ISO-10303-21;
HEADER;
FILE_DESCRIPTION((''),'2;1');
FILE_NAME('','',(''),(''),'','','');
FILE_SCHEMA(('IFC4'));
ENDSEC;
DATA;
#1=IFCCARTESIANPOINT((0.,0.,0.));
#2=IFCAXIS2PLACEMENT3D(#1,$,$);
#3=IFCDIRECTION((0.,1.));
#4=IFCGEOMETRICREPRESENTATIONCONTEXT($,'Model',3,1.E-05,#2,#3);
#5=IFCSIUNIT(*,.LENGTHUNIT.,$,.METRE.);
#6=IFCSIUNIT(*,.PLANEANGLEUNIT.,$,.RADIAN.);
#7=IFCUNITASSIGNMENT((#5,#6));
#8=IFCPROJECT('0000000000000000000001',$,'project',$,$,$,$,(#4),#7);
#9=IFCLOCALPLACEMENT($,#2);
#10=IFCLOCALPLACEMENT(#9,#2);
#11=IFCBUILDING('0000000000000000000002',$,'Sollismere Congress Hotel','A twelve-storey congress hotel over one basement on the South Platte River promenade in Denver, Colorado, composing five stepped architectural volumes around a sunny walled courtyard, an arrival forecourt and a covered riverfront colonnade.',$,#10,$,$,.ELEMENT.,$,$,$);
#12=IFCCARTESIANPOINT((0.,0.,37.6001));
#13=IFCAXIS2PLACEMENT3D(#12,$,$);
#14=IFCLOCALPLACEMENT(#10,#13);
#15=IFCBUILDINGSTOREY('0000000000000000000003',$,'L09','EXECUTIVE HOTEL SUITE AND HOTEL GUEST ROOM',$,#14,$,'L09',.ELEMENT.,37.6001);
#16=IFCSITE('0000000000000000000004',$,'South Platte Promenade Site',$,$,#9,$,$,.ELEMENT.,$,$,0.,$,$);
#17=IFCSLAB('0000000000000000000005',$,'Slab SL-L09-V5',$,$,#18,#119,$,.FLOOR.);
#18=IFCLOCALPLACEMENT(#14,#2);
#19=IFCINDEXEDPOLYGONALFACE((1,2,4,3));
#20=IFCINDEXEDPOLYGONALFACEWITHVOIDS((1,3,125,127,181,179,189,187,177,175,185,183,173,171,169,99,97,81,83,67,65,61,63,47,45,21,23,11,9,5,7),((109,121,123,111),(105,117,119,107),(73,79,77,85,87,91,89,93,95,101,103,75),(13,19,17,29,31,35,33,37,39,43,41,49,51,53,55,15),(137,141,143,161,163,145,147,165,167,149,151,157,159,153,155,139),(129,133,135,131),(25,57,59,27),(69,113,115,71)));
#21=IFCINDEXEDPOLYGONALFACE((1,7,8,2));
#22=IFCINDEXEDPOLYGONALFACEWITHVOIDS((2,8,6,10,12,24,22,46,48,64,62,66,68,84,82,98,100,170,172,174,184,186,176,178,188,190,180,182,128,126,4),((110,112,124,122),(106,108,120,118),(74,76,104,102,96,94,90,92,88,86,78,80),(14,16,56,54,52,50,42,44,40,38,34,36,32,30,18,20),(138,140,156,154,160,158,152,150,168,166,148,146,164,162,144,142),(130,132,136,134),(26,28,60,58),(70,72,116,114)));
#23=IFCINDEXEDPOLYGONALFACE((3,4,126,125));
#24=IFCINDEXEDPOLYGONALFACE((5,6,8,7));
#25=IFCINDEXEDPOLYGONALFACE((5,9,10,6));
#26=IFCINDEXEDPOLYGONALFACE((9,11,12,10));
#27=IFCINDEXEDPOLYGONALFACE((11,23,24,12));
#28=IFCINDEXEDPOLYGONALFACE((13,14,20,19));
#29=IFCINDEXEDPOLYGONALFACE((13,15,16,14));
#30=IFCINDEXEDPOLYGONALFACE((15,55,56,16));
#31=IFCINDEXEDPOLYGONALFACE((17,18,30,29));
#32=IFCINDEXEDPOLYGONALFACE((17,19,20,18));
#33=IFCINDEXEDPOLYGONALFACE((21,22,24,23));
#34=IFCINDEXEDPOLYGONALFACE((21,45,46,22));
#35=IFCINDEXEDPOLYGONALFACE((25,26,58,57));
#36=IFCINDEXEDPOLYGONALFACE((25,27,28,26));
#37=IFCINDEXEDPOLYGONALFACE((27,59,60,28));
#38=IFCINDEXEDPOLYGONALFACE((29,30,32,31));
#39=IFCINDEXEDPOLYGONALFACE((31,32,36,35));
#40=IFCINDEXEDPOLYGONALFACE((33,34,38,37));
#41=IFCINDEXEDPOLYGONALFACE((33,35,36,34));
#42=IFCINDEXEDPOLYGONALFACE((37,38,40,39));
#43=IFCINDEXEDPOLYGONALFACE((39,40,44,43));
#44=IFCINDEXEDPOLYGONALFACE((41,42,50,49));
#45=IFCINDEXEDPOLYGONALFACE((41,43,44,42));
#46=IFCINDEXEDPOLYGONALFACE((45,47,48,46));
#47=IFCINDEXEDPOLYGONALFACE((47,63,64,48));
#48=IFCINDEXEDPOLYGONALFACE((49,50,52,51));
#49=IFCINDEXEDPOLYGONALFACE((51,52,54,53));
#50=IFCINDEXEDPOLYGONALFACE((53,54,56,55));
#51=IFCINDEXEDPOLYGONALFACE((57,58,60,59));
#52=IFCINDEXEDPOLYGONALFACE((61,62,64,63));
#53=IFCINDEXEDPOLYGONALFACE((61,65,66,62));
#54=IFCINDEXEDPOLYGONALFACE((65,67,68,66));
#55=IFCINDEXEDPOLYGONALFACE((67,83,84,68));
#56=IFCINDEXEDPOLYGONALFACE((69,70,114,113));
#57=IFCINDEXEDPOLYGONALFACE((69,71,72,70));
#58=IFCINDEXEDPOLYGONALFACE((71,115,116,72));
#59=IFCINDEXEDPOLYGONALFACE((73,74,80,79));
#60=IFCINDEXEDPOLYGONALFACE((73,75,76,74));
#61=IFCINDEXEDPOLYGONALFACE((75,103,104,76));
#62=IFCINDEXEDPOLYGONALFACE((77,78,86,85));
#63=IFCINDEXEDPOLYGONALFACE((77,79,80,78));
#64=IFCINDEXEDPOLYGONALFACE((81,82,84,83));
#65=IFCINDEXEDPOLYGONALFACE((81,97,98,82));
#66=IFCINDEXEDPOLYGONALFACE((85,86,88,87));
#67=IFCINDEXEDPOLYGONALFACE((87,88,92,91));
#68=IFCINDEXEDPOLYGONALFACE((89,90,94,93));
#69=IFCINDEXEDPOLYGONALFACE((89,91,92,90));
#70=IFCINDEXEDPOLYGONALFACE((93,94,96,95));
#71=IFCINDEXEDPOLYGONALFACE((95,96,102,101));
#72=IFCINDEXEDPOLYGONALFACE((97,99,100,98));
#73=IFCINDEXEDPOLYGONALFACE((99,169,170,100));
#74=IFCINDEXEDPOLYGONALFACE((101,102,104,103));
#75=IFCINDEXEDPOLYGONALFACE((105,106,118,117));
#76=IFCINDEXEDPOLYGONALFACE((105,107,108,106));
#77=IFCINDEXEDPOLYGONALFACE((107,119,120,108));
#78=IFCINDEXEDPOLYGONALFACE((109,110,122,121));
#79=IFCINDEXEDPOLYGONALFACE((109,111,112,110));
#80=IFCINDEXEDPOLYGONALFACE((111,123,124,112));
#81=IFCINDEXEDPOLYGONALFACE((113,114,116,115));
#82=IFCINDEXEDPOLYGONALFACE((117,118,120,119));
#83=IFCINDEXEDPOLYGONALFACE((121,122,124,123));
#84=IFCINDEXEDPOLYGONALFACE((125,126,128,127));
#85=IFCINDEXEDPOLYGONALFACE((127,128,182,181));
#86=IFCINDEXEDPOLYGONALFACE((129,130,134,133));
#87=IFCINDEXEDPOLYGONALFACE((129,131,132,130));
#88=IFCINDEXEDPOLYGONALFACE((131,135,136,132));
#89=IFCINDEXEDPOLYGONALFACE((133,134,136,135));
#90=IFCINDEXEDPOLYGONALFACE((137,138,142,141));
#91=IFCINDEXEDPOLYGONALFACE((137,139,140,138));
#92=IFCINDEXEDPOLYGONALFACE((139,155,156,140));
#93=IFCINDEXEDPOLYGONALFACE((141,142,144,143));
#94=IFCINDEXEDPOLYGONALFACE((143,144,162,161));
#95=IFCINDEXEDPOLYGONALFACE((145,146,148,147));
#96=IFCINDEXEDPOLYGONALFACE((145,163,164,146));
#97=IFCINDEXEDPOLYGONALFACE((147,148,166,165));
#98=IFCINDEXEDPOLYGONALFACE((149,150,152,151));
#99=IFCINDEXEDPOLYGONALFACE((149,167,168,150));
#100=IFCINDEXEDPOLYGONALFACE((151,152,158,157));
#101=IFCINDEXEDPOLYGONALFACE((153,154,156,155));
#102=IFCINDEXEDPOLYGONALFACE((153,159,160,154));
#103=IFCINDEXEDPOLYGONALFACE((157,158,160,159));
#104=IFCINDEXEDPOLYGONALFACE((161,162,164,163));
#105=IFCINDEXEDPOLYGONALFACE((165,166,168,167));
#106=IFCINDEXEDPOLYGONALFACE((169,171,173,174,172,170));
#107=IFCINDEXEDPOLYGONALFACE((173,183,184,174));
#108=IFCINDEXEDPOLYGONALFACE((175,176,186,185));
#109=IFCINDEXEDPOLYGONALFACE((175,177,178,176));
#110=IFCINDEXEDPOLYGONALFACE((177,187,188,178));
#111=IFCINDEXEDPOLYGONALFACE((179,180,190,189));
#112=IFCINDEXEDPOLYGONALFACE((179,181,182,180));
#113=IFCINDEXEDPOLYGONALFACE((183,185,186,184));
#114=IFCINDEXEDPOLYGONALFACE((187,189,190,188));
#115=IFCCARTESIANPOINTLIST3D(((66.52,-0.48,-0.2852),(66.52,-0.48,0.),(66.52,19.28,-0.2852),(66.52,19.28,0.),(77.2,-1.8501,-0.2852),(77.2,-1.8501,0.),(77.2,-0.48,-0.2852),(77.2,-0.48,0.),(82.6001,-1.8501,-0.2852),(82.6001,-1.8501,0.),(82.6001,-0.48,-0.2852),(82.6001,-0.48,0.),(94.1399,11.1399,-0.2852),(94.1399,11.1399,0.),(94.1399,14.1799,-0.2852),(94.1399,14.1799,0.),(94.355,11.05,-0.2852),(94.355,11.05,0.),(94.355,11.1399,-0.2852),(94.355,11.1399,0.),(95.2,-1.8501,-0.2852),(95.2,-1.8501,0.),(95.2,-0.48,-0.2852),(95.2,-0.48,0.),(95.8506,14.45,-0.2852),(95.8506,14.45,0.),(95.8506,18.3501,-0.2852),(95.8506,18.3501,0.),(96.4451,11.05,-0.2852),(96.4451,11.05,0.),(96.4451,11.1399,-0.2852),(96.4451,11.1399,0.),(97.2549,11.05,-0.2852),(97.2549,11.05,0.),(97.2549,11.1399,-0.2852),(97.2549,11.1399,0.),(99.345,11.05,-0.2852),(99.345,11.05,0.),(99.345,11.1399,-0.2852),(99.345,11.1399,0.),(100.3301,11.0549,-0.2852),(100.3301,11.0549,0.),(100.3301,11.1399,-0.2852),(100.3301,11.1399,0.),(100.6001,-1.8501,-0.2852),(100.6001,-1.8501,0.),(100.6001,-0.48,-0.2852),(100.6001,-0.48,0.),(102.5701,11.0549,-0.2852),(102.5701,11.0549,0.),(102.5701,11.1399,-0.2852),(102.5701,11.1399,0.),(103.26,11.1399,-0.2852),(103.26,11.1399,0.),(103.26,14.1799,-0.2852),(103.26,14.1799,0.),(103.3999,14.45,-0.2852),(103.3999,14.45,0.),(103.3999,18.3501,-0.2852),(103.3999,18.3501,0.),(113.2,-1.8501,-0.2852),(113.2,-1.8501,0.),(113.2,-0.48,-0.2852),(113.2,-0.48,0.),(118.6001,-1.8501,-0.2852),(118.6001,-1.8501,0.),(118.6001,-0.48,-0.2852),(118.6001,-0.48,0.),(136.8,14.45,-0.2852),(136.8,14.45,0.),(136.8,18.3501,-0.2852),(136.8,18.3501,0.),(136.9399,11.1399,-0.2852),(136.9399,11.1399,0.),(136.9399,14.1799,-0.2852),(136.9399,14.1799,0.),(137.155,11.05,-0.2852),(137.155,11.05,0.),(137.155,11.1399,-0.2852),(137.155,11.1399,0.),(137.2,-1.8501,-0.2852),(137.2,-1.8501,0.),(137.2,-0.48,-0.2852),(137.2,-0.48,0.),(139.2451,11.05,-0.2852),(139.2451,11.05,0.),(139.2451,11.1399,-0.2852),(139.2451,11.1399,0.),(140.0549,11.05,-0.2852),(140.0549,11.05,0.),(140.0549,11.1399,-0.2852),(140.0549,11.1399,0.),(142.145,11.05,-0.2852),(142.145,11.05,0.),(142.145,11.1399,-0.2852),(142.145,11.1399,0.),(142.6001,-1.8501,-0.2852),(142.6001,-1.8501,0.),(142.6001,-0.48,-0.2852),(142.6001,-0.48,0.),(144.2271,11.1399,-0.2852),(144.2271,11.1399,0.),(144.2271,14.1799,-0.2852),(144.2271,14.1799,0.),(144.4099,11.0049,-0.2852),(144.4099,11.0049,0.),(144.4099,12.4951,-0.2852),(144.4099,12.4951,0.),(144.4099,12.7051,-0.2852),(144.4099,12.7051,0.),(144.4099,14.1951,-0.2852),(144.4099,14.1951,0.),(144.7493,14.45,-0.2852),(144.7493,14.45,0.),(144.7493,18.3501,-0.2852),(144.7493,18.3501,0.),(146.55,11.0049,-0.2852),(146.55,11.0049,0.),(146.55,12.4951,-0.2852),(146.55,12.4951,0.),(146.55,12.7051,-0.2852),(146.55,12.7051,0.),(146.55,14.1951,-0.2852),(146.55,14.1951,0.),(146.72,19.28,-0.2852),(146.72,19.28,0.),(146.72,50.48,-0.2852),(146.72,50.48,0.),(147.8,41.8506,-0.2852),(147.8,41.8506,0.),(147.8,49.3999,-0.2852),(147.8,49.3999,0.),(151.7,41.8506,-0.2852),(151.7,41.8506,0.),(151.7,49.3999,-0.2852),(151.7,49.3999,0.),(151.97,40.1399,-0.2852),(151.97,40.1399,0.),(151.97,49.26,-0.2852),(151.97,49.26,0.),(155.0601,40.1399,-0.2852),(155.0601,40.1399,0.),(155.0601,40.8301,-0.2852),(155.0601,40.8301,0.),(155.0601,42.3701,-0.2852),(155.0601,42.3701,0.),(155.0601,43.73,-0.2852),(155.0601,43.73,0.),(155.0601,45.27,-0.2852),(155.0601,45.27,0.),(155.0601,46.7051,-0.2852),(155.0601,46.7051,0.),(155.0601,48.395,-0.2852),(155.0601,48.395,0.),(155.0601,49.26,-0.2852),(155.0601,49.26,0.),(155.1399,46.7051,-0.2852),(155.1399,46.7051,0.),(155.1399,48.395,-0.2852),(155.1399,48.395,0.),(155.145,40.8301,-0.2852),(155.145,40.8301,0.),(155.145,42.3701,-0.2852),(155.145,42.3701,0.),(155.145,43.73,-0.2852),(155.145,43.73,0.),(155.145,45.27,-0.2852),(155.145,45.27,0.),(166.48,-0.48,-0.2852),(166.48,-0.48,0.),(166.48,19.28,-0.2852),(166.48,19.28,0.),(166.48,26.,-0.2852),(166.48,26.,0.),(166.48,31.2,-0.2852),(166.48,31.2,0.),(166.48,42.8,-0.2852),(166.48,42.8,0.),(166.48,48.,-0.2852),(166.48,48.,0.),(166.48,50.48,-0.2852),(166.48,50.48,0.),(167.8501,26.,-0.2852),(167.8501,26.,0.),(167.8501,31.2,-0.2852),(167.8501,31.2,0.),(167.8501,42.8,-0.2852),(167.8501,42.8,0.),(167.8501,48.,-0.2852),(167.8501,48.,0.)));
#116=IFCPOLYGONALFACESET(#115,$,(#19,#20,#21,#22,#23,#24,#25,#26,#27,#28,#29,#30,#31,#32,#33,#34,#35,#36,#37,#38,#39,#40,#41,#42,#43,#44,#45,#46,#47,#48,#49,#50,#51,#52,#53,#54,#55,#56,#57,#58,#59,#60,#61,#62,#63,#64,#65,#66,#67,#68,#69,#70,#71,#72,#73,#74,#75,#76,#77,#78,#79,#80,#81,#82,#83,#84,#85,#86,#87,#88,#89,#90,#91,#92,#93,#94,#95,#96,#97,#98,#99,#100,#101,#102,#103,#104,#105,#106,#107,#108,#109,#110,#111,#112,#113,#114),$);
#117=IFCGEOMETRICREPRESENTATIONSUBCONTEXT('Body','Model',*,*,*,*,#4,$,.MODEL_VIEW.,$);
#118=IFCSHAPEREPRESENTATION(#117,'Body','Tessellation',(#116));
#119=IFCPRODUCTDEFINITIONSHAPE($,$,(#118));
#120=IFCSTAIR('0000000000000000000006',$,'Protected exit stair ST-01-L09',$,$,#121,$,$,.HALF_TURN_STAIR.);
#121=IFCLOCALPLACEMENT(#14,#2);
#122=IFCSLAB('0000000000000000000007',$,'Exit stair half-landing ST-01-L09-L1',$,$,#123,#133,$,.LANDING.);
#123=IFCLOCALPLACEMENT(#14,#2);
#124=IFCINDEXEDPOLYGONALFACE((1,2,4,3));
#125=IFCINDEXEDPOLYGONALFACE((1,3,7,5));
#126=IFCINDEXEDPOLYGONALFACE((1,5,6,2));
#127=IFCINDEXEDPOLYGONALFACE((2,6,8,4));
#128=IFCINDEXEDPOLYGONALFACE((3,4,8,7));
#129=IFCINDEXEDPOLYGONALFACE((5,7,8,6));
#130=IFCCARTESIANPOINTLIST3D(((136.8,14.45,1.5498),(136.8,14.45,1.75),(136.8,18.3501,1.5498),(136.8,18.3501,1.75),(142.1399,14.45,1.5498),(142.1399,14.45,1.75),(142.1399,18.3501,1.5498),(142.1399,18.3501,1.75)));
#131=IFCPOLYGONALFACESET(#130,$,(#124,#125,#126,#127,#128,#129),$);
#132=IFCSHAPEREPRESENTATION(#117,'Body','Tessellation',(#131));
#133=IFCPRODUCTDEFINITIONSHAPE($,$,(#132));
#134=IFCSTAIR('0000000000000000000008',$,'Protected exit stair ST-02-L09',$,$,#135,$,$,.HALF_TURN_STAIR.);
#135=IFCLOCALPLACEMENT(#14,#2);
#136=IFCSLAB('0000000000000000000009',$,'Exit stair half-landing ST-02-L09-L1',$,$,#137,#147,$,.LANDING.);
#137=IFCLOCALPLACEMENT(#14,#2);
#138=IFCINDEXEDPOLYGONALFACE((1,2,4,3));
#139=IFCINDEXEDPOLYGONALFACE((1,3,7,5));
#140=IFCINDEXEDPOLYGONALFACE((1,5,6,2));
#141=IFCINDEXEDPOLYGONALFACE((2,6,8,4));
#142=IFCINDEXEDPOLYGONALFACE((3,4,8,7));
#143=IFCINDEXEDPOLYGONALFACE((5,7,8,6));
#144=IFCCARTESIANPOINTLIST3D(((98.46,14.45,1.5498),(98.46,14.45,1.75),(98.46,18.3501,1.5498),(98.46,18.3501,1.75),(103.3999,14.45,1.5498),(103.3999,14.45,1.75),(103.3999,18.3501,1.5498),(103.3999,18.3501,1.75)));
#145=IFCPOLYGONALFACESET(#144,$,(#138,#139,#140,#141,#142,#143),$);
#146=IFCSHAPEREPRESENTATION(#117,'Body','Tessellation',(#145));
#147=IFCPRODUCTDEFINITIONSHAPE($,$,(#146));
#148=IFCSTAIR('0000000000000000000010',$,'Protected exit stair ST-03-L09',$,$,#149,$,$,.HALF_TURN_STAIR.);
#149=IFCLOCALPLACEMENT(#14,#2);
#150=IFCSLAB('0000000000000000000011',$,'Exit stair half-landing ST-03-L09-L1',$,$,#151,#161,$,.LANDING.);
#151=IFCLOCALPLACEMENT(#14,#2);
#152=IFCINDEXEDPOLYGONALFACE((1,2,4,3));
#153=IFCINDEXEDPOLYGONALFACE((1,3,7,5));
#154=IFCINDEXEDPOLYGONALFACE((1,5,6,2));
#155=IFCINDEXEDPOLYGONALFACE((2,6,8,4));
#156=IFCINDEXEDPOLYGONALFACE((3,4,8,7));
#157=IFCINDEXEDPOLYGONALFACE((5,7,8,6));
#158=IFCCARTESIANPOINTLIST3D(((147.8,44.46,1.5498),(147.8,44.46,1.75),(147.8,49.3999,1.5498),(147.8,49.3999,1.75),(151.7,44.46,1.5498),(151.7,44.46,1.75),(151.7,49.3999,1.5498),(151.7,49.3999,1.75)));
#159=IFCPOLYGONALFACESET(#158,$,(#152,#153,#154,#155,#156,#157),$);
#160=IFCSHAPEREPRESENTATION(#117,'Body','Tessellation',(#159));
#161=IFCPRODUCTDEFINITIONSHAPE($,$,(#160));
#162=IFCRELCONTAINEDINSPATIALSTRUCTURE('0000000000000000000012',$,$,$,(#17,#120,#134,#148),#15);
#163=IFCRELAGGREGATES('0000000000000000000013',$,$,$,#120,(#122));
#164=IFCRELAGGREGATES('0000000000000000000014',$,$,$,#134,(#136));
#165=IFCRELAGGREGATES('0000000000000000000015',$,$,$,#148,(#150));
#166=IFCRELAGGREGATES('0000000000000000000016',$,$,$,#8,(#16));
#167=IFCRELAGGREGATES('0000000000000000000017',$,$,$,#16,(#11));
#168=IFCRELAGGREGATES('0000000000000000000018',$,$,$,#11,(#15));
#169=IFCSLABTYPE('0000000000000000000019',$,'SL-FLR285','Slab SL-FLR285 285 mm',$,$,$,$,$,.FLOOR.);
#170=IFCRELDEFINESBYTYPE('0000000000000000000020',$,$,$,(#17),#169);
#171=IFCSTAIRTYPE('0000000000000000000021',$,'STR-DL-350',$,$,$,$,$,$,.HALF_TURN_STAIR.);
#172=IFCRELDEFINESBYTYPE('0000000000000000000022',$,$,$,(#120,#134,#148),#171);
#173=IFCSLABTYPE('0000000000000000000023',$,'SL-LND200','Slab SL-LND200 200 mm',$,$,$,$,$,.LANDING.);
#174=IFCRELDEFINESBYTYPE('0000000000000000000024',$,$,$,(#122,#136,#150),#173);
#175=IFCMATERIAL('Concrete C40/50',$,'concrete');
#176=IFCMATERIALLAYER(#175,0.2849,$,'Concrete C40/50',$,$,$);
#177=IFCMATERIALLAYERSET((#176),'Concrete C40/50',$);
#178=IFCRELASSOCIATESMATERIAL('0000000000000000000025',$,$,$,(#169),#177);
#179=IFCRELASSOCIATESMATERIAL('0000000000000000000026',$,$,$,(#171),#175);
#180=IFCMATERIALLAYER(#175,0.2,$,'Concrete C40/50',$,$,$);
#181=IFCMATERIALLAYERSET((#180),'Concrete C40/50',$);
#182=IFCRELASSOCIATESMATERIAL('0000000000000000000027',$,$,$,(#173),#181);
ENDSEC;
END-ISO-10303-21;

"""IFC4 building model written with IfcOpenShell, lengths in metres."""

from ifc_helpers import new_model, si_unit, direction, frame, origin, place, context, subcontext, project, spatial, polyline, outline, extrude, material, layer, layer_set, type_object, element, aggregate, save


model = new_model("IFC4")

# Units and contexts
model_context = context("Model", 3, precision=1e-05, world=origin(), true_north=direction((0.0, 1.0)))
body_context = subcontext(model_context, "Body", "Model", "MODEL_VIEW")
ifc_project = project(units=[si_unit("LENGTHUNIT", "METRE"), si_unit("PLANEANGLEUNIT", "RADIAN")], contexts=[model_context])

# Site, building, storey
site_placement = place(None, origin())
site = spatial("IfcSite", under=ifc_project, at=site_placement, Name="South Platte Promenade Site", CompositionType="ELEMENT", RefElevation=0.0)
building_placement = place(site_placement, origin())
building = spatial("IfcBuilding", under=site, at=building_placement, Name="Sollismere Congress Hotel", Description="A twelve-storey congress hotel over one basement on the South Platte River promenade in Denver, Colorado, composing five stepped architectural volumes around a sunny walled courtyard, an arrival forecourt and a covered riverfront colonnade.", CompositionType="ELEMENT")
storey_placement = place(building_placement, frame((0.0, 0.0, 37.6001)))
storey = spatial("IfcBuildingStorey", under=building, at=storey_placement, Name="L09", Description="EXECUTIVE HOTEL SUITE AND HOTEL GUEST ROOM", LongName="L09", CompositionType="ELEMENT", Elevation=37.6001)

# Slab
ifc_material_1 = material(Name="Concrete C40/50", Category="concrete")
ifc_layer_1 = layer(ifc_material_1, 0.2849, Name="Concrete C40/50")
ifc_layer_set_1 = layer_set([ifc_layer_1], Name="Concrete C40/50")
slab_type_1 = type_object("IfcSlabType", Name="SL-FLR285", Description="Slab SL-FLR285 285 mm", PredefinedType="FLOOR", material=ifc_layer_set_1)
slab_1_placement = place(storey_placement, frame((0.0, 0.0, -0.2852)))
element("IfcSlab", 1, at=slab_1_placement, inside=storey, type_object=slab_type_1, Name="Slab SL-L09-V5", PredefinedType="FLOOR", context=body_context, shape_type="SweptSolid", body=[
    extrude(outline(polyline([(77.2, -0.48), (77.2, -1.8501), (82.6001, -1.8501), (82.6001, -0.48), (95.2, -0.48), (95.2, -1.8501), (100.6001, -1.8501), (100.6001, -0.48), (113.2, -0.48), (113.2, -1.8501), (118.6001, -1.8501), (118.6001, -0.48), (137.2, -0.48), (137.2, -1.8501), (142.6001, -1.8501), (142.6001, -0.48), (166.48, -0.48), (166.48, 19.28), (166.48, 26.0), (167.8501, 26.0), (167.8501, 31.2), (166.48, 31.2), (166.48, 42.8), (167.8501, 42.8), (167.8501, 48.0), (166.48, 48.0), (166.48, 50.48), (146.72, 50.48), (146.72, 19.28), (66.52, 19.28), (66.52, -0.48), (77.2, -0.48)]), holes=[polyline([(94.355, 11.05), (94.355, 11.1399), (94.1399, 11.1399), (94.1399, 14.1799), (103.26, 14.1799), (103.26, 11.1399), (102.5701, 11.1399), (102.5701, 11.0549), (100.3301, 11.0549), (100.3301, 11.1399), (99.345, 11.1399), (99.345, 11.05), (97.2549, 11.05), (97.2549, 11.1399), (96.4451, 11.1399), (96.4451, 11.05), (94.355, 11.05)]), polyline([(137.155, 11.05), (137.155, 11.1399), (136.9399, 11.1399), (136.9399, 14.1799), (144.2271, 14.1799), (144.2271, 11.1399), (142.145, 11.1399), (142.145, 11.05), (140.0549, 11.05), (140.0549, 11.1399), (139.2451, 11.1399), (139.2451, 11.05), (137.155, 11.05)]), polyline([(95.8506, 14.45), (95.8506, 18.3501), (103.3999, 18.3501), (103.3999, 14.45), (95.8506, 14.45)]), polyline([(144.7493, 18.3501), (144.7493, 14.45), (136.8, 14.45), (136.8, 18.3501), (144.7493, 18.3501)]), polyline([(146.55, 11.0049), (144.4099, 11.0049), (144.4099, 12.4951), (146.55, 12.4951), (146.55, 11.0049)]), polyline([(146.55, 12.7051), (144.4099, 12.7051), (144.4099, 14.1951), (146.55, 14.1951), (146.55, 12.7051)]), polyline([(155.145, 40.8301), (155.0601, 40.8301), (155.0601, 40.1399), (151.97, 40.1399), (151.97, 49.26), (155.0601, 49.26), (155.0601, 48.395), (155.1399, 48.395), (155.1399, 46.7051), (155.0601, 46.7051), (155.0601, 45.27), (155.145, 45.27), (155.145, 43.73), (155.0601, 43.73), (155.0601, 42.3701), (155.145, 42.3701), (155.145, 40.8301)]), polyline([(151.7, 41.8506), (147.8, 41.8506), (147.8, 49.3999), (151.7, 49.3999), (151.7, 41.8506)])]), origin(), (0.0, 0.0, 1.0), 0.2852),
])

# Stairs, slabs
stair_type = type_object("IfcStairType", Name="STR-DL-350", PredefinedType="HALF_TURN_STAIR", material=ifc_material_1)
stair_1_placement = place(storey_placement, origin())
stair_1 = element("IfcStair", 2, at=stair_1_placement, inside=storey, type_object=stair_type, Name="Protected exit stair ST-01-L09", PredefinedType="HALF_TURN_STAIR")
ifc_layer_2 = layer(ifc_material_1, 0.2, Name="Concrete C40/50")
ifc_layer_set_2 = layer_set([ifc_layer_2], Name="Concrete C40/50")
slab_type_2 = type_object("IfcSlabType", Name="SL-LND200", Description="Slab SL-LND200 200 mm", PredefinedType="LANDING", material=ifc_layer_set_2)
slab_2_placement = place(storey_placement, frame((0.0, 0.0, 1.5498)))
slab_2 = element("IfcSlab", 3, at=slab_2_placement, type_object=slab_type_2, Name="Exit stair half-landing ST-01-L09-L1", PredefinedType="LANDING", context=body_context, shape_type="SweptSolid", body=[
    extrude(outline(polyline([(142.1399, 18.3501), (136.8, 18.3501), (136.8, 14.45), (142.1399, 14.45), (142.1399, 18.3501)])), origin(), (0.0, 0.0, 1.0), 0.2002),
])
aggregate(stair_1, [slab_2])
stair_2_placement = place(storey_placement, origin())
stair_2 = element("IfcStair", 4, at=stair_2_placement, inside=storey, type_object=stair_type, Name="Protected exit stair ST-02-L09", PredefinedType="HALF_TURN_STAIR")
slab_3_placement = place(storey_placement, frame((0.0, 0.0, 1.5498)))
slab_3 = element("IfcSlab", 5, at=slab_3_placement, type_object=slab_type_2, Name="Exit stair half-landing ST-02-L09-L1", PredefinedType="LANDING", context=body_context, shape_type="SweptSolid", body=[
    extrude(outline(polyline([(98.46, 14.45), (103.3999, 14.45), (103.3999, 18.3501), (98.46, 18.3501), (98.46, 14.45)])), origin(), (0.0, 0.0, 1.0), 0.2002),
])
aggregate(stair_2, [slab_3])
stair_3_placement = place(storey_placement, origin())
stair_3 = element("IfcStair", 6, at=stair_3_placement, inside=storey, type_object=stair_type, Name="Protected exit stair ST-03-L09", PredefinedType="HALF_TURN_STAIR")
slab_4_placement = place(storey_placement, frame((0.0, 0.0, 1.5498)))
slab_4 = element("IfcSlab", 7, at=slab_4_placement, type_object=slab_type_2, Name="Exit stair half-landing ST-03-L09-L1", PredefinedType="LANDING", context=body_context, shape_type="SweptSolid", body=[
    extrude(outline(polyline([(151.7, 44.46), (151.7, 49.3999), (147.8, 49.3999), (147.8, 44.46), (151.7, 44.46)])), origin(), (0.0, 0.0, 1.0), 0.2002),
])
aggregate(stair_3, [slab_4])

save(model, "model.ifc")
